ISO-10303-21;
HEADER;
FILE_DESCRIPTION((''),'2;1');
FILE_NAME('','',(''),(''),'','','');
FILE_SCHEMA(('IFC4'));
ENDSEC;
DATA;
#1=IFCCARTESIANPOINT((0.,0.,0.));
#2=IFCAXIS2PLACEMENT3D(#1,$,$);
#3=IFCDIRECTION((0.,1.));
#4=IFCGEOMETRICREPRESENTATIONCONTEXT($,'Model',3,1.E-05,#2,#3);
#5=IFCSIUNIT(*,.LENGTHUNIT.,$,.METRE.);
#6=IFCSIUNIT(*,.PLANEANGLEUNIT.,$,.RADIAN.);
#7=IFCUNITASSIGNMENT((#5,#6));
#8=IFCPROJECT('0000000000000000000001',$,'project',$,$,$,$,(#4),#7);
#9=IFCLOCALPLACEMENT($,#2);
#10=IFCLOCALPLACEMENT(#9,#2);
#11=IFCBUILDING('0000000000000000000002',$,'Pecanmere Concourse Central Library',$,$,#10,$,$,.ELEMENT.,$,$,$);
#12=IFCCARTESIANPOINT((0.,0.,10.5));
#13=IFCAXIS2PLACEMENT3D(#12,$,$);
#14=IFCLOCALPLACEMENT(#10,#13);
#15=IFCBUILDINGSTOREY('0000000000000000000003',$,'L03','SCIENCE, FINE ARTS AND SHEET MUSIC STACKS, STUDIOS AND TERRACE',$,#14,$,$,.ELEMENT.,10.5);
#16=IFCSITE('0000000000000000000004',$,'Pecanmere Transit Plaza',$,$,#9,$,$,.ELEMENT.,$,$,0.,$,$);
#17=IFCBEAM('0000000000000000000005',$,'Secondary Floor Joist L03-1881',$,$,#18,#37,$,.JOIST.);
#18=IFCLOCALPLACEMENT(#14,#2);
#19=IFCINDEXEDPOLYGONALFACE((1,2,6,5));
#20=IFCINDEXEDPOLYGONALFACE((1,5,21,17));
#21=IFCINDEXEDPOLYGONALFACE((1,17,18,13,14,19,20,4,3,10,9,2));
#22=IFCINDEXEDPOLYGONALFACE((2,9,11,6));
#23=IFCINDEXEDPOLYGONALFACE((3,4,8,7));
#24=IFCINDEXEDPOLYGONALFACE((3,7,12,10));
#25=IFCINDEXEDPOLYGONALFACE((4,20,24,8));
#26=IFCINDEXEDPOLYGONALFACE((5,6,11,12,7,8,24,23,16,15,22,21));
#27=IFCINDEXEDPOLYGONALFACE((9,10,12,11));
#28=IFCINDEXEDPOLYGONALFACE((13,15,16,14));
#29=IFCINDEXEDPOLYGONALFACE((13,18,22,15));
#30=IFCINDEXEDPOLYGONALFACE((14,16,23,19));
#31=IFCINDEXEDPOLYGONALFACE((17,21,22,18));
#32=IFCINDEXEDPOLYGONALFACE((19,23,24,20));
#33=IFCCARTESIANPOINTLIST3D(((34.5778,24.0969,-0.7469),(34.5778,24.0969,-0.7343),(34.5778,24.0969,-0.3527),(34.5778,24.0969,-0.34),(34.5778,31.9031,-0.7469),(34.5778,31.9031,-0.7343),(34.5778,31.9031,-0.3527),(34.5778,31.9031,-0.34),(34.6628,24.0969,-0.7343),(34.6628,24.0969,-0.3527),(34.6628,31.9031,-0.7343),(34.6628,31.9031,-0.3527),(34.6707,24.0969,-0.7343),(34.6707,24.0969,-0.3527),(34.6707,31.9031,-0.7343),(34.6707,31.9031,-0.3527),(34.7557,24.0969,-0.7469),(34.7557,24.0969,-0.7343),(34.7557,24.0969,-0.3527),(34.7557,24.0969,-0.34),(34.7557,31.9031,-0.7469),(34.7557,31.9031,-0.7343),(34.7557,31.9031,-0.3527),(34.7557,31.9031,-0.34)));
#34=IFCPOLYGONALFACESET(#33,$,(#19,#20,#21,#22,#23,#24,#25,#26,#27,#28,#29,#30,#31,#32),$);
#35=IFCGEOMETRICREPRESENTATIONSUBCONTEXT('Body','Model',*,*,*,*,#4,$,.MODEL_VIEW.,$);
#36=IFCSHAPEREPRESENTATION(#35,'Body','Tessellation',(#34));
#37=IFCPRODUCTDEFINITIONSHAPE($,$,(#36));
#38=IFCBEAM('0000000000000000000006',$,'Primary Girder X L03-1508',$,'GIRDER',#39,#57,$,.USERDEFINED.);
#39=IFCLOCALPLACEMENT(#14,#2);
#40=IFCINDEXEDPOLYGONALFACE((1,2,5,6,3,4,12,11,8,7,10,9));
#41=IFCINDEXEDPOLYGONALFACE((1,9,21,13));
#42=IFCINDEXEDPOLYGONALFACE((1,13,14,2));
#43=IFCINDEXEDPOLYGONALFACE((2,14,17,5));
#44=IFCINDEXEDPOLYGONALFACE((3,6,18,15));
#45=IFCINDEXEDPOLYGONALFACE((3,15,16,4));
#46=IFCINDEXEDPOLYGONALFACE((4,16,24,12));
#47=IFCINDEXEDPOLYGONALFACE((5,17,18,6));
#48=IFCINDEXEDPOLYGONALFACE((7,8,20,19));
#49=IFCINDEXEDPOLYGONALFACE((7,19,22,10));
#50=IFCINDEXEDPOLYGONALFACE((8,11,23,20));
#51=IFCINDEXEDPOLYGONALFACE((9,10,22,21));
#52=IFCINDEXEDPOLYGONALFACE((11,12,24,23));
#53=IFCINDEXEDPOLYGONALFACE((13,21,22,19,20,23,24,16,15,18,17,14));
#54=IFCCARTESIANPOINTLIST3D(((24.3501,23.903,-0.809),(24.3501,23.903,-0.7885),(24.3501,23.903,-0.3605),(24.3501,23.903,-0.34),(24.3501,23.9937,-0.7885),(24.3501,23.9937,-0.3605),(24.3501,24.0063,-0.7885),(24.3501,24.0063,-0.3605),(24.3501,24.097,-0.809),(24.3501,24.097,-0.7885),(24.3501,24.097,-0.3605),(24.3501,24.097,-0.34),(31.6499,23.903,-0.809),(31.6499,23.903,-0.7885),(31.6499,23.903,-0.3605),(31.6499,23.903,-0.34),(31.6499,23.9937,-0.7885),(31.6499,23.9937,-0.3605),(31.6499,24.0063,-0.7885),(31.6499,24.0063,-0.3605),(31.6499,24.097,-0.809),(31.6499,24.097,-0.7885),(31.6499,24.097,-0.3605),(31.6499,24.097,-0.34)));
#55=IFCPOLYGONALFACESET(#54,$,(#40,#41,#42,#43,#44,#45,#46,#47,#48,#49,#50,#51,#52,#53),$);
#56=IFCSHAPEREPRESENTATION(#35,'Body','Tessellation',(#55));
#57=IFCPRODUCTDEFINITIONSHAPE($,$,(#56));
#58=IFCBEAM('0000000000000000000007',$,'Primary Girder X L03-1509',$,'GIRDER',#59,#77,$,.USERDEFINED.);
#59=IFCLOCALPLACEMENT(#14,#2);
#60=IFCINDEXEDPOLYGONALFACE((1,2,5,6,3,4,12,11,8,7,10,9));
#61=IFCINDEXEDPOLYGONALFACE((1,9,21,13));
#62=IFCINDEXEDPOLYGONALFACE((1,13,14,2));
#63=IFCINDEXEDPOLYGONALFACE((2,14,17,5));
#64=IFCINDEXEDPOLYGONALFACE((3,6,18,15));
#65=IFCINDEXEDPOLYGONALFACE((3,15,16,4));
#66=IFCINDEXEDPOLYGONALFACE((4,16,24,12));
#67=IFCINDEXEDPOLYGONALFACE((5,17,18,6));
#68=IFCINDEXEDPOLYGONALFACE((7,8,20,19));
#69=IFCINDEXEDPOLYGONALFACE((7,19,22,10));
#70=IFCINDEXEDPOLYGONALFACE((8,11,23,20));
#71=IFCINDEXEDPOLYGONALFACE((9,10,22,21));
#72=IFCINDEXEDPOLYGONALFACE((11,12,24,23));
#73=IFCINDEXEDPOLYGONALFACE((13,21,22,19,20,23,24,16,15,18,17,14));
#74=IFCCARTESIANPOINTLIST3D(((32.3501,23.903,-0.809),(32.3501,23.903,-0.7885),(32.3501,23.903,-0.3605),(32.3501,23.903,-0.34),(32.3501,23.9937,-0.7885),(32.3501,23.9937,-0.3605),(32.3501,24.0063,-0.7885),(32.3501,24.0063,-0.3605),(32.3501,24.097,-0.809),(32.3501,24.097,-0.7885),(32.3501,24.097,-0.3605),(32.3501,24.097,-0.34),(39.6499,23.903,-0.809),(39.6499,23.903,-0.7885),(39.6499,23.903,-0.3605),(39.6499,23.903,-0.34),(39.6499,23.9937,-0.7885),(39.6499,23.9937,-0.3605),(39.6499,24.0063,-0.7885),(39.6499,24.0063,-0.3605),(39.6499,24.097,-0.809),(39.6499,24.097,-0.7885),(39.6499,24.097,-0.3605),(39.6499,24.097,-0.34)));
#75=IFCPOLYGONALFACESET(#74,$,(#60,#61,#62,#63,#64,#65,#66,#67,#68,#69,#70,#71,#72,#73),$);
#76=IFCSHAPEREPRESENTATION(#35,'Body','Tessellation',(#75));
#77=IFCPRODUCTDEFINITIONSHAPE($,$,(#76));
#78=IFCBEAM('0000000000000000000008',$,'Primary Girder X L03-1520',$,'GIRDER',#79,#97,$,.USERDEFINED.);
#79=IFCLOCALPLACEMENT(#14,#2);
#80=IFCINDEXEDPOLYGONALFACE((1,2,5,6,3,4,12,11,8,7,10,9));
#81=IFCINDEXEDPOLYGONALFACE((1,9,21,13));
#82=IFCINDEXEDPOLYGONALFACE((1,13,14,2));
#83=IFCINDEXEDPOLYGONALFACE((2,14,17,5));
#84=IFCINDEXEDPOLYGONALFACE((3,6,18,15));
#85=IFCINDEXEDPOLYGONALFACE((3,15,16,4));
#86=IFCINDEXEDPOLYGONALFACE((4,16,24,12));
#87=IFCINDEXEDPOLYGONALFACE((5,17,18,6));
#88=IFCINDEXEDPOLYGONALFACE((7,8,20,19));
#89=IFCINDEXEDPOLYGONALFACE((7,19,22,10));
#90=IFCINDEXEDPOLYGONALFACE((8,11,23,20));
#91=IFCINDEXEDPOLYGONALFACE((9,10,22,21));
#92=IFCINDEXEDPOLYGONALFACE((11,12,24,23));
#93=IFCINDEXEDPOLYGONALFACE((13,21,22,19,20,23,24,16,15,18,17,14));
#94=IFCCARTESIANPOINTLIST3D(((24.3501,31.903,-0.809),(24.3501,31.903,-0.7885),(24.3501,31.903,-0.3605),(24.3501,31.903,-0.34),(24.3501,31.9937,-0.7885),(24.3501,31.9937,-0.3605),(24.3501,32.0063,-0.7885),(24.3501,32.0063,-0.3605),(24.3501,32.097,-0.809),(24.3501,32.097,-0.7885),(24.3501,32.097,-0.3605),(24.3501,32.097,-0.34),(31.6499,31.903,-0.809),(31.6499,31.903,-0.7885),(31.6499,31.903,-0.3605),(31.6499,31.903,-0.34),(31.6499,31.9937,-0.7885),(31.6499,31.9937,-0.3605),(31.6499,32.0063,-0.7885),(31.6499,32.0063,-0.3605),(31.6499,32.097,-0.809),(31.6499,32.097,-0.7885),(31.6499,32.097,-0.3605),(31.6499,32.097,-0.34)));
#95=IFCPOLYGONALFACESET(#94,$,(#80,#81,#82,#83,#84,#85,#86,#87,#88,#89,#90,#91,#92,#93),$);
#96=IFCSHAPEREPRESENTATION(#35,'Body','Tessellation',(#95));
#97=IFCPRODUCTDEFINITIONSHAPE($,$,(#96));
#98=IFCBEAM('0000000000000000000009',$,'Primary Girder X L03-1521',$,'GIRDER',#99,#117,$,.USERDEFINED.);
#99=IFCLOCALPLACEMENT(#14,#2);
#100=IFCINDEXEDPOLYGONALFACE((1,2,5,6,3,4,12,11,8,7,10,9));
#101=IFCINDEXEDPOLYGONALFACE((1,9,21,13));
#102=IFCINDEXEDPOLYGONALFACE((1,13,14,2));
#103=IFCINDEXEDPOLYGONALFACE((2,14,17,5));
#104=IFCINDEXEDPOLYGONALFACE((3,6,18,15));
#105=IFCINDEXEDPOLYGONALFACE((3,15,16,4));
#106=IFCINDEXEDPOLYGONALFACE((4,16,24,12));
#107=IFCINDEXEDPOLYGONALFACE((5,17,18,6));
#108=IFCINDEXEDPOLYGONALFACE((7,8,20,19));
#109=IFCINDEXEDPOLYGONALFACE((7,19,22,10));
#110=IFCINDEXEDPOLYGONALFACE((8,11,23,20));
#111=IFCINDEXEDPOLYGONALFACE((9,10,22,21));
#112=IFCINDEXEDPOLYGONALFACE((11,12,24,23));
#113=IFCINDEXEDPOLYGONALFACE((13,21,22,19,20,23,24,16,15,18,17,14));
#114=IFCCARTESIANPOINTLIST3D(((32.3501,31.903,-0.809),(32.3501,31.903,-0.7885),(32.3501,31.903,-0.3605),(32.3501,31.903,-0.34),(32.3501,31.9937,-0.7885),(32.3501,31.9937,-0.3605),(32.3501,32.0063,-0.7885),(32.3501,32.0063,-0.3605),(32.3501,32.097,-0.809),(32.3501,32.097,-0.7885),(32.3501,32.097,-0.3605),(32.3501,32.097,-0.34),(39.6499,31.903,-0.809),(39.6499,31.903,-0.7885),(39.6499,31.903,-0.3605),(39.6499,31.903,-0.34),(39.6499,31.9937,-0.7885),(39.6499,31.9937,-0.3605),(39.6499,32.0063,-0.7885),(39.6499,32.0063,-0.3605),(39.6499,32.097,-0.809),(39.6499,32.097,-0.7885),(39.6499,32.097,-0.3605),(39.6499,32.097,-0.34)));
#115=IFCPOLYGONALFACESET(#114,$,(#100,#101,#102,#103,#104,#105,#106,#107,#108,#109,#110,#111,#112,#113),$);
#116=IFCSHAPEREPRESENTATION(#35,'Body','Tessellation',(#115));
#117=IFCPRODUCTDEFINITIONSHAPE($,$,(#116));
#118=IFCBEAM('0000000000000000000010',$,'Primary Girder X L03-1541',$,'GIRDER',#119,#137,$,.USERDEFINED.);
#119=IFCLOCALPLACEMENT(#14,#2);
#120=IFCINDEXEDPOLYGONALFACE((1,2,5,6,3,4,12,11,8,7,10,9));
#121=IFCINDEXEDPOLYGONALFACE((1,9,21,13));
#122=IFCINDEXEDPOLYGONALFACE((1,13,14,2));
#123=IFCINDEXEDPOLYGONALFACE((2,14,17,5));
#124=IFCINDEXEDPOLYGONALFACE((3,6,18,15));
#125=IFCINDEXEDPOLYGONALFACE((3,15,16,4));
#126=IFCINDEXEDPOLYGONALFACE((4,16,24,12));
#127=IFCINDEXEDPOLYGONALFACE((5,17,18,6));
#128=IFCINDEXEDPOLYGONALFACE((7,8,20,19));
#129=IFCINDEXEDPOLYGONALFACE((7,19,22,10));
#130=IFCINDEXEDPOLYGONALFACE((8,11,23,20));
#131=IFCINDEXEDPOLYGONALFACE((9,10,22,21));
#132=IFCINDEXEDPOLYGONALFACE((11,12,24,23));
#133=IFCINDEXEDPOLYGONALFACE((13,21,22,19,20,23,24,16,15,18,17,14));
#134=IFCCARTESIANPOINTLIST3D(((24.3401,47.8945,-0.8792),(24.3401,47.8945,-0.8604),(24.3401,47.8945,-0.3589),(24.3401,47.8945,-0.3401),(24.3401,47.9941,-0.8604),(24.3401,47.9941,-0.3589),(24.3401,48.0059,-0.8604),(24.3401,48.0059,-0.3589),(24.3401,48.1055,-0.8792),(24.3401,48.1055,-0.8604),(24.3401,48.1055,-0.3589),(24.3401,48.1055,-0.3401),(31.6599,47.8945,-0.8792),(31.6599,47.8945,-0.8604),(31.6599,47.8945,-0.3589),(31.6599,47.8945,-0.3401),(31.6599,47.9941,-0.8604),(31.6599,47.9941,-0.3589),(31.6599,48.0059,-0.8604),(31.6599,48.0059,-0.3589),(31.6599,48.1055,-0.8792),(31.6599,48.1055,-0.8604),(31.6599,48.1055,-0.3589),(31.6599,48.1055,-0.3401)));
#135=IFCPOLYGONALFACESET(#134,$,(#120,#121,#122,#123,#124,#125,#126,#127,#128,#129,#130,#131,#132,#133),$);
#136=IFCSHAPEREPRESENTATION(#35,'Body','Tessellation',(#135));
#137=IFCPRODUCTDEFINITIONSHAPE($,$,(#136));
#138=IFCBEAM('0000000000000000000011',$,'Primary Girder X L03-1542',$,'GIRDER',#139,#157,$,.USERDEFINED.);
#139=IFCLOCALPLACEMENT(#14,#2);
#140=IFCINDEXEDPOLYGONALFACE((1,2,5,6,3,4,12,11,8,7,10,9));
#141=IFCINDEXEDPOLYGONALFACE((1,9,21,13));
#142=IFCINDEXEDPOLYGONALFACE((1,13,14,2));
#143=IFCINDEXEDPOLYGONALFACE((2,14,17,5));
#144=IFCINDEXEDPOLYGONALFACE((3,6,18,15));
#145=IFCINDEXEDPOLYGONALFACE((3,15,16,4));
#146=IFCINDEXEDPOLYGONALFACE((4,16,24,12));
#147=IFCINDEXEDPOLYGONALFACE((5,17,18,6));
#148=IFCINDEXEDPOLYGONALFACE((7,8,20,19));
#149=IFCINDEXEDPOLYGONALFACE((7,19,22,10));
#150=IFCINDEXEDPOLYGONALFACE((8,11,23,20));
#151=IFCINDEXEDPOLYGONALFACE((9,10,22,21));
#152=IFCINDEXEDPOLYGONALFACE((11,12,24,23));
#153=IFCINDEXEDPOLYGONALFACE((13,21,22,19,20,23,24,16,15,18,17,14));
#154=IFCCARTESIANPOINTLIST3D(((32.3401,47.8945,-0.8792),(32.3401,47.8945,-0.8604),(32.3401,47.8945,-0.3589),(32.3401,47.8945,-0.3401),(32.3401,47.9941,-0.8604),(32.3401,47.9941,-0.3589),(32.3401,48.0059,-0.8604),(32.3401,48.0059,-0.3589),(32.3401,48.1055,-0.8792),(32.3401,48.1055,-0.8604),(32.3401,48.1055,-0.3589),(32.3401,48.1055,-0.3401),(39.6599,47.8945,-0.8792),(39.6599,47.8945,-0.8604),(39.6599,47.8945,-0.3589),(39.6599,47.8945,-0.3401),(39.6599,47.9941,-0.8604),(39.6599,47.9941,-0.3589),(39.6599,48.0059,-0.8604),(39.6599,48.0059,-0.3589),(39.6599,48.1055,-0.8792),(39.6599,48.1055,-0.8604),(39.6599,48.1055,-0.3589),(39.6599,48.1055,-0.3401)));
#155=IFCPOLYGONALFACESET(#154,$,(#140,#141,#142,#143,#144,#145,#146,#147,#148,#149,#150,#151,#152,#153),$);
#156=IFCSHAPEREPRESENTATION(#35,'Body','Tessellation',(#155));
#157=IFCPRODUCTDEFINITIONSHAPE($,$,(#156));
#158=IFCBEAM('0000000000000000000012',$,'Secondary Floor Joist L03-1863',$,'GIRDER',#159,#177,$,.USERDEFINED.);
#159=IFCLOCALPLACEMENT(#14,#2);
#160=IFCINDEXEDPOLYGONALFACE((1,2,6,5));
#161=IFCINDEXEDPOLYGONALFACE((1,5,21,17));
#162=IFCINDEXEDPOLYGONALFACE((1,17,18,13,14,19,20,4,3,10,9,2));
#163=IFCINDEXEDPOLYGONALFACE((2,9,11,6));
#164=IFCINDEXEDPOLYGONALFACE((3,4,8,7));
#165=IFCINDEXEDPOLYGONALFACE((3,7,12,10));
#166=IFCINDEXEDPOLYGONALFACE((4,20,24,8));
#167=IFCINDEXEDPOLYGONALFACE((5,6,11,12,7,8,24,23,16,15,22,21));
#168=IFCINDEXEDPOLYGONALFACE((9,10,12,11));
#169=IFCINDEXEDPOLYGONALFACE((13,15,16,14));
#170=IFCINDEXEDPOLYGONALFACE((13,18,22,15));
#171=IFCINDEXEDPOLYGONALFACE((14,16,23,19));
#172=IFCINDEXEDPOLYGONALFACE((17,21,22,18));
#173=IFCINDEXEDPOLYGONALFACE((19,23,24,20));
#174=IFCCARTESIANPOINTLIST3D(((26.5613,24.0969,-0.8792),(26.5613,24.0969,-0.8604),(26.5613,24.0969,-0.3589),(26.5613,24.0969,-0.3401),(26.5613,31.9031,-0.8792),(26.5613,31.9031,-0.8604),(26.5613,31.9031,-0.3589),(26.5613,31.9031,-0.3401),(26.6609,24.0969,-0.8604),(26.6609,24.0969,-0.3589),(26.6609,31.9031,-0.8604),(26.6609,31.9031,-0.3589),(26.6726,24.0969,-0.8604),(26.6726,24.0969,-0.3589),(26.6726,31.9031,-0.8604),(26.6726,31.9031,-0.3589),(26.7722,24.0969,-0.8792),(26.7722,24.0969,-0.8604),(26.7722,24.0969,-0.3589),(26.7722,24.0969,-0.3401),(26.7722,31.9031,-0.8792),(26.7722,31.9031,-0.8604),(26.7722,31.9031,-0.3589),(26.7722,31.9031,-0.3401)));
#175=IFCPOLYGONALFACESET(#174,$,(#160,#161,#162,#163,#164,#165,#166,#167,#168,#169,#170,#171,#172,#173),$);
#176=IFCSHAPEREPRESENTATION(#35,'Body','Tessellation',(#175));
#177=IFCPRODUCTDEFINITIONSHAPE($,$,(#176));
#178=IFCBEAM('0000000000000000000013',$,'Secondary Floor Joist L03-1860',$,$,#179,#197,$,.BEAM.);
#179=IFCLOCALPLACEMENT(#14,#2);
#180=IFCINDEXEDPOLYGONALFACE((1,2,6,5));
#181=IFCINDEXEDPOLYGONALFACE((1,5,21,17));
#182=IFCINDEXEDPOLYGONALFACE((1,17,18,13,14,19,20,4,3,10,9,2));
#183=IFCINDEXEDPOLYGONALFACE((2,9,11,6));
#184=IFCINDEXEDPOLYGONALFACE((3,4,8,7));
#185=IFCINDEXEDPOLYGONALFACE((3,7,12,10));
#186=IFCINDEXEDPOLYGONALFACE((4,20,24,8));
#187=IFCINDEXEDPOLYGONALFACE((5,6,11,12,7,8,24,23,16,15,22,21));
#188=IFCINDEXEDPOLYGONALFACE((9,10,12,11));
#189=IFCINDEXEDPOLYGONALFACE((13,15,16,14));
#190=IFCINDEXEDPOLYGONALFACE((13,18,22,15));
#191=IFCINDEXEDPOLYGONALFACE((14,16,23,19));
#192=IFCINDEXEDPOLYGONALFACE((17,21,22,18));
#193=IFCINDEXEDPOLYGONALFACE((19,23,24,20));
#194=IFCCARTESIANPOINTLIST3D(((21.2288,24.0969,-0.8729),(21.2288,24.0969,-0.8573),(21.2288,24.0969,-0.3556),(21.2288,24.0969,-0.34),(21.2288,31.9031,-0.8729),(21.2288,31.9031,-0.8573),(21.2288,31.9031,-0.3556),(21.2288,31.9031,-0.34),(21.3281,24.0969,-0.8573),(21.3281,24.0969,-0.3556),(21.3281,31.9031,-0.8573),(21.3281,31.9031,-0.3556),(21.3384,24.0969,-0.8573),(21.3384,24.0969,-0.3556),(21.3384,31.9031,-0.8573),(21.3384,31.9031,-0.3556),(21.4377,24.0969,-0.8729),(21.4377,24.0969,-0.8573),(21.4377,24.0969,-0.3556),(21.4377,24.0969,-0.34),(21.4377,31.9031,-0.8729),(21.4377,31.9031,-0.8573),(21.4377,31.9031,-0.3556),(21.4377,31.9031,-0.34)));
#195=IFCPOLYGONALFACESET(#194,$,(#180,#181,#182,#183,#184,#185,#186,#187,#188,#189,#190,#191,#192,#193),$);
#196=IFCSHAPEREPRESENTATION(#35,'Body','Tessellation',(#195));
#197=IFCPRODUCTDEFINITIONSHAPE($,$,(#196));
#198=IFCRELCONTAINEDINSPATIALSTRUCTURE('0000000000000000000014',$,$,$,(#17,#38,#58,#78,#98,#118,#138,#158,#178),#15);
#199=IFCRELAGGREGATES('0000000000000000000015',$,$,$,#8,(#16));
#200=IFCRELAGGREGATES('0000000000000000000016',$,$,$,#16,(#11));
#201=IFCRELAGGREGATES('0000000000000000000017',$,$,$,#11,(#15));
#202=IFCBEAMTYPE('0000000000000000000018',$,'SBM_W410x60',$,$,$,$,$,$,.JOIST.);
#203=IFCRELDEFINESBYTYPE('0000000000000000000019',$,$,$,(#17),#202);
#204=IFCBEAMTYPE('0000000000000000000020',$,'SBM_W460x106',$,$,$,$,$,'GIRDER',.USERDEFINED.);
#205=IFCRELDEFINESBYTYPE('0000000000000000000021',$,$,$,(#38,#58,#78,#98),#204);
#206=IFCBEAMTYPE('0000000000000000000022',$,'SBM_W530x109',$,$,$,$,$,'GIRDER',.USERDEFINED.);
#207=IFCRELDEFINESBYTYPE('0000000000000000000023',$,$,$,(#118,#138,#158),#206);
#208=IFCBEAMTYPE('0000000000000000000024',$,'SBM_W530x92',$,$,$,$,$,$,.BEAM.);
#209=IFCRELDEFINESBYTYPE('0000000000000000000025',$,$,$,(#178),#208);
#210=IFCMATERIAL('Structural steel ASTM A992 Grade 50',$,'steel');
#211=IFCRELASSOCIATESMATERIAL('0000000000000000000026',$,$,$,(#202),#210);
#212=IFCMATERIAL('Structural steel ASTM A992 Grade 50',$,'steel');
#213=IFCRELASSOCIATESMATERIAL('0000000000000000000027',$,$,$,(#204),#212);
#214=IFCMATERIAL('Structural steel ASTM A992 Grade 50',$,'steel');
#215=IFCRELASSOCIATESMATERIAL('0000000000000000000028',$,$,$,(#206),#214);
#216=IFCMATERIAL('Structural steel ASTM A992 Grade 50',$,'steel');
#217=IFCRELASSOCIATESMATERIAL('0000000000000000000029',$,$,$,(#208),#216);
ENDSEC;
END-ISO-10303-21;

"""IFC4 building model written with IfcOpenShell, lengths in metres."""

from ifc_helpers import new_model, si_unit, direction, frame, origin, origin_2d, place, context, subcontext, project, spatial, i_section, extrude, material, material_profile, profile_set, type_object, element, save


model = new_model("IFC4")

# Units and contexts
model_context = context("Model", 3, precision=1e-05, world=origin(), true_north=direction((0.0, 1.0)))
body_context = subcontext(model_context, "Body", "Model", "MODEL_VIEW")
ifc_project = project(units=[si_unit("LENGTHUNIT", "METRE"), si_unit("PLANEANGLEUNIT", "RADIAN")], contexts=[model_context])

# Site, building, storey
site_placement = place(None, origin())
site = spatial("IfcSite", under=ifc_project, at=site_placement, Name="Pecanmere Transit Plaza", CompositionType="ELEMENT", RefElevation=0.0)
building_placement = place(site_placement, origin())
building = spatial("IfcBuilding", under=site, at=building_placement, Name="Pecanmere Concourse Central Library", CompositionType="ELEMENT")
storey_placement = place(building_placement, frame((0.0, 0.0, 10.5)))
storey = spatial("IfcBuildingStorey", under=building, at=storey_placement, Name="L03", Description="SCIENCE, FINE ARTS AND SHEET MUSIC STACKS, STUDIOS AND TERRACE", CompositionType="ELEMENT", Elevation=10.5)

# Beams
ifc_material_1 = material(Name="Structural steel ASTM A992 Grade 50", Category="steel")
ifc_material_profile_1 = material_profile(ifc_material_1, i_section(OverallWidth=0.178, OverallDepth=0.407, WebThickness=0.0078, FlangeThickness=0.0127, at=origin_2d()), Name="W410x60")
ifc_profile_set_1 = profile_set([ifc_material_profile_1], Name="Structural steel ASTM A992 Grade 50")
beam_type_1 = type_object("IfcBeamType", Name="SBM_W410x60", PredefinedType="JOIST", material=ifc_profile_set_1)
beam_1_placement = place(storey_placement, frame((34.6667, 24.0969, -0.5435), z_axis=(0.0, 1.0, 0.0), x_axis=(-1.0, 0.0, 0.0)))
element("IfcBeam", 1, at=beam_1_placement, inside=storey, type_object=beam_type_1, Name="Secondary Floor Joist L03-1881", PredefinedType="JOIST", context=body_context, shape_type="SweptSolid", body=[
    extrude(i_section(OverallWidth=0.178, OverallDepth=0.407, WebThickness=0.0078, FlangeThickness=0.0127, at=origin_2d()), origin(), (0.0, 0.0, 1.0), 7.8062),
])
ifc_material_2 = material(Name="Structural steel ASTM A992 Grade 50", Category="steel")
ifc_material_profile_2 = material_profile(ifc_material_2, i_section(OverallWidth=0.1941, OverallDepth=0.469, WebThickness=0.0127, FlangeThickness=0.0205, at=origin_2d()), Name="W460x106")
ifc_profile_set_2 = profile_set([ifc_material_profile_2], Name="Structural steel ASTM A992 Grade 50")
beam_type_2 = type_object("IfcBeamType", Name="SBM_W460x106", ElementType="GIRDER", PredefinedType="USERDEFINED", material=ifc_profile_set_2)
for number, where, z_axis, x_axis, name in (
    (2, (24.3501, 24.0, -0.5745), (1.0, 0.0, 0.0), (0.0, 1.0, 0.0), "Primary Girder X L03-1508"),
    (3, (32.3501, 24.0, -0.5745), (1.0, 0.0, 0.0), (0.0, 1.0, 0.0), "Primary Girder X L03-1509"),
    (4, (24.3501, 32.0, -0.5745), (1.0, 0.0, 0.0), (0.0, 1.0, 0.0), "Primary Girder X L03-1520"),
    (5, (32.3501, 32.0, -0.5745), (1.0, 0.0, 0.0), (0.0, 1.0, 0.0), "Primary Girder X L03-1521"),
):
    element("IfcBeam", number, at=place(storey_placement, frame(where, z_axis=z_axis, x_axis=x_axis)), inside=storey, type_object=beam_type_2, Name=name, ObjectType="GIRDER", PredefinedType="USERDEFINED", context=body_context, shape_type="SweptSolid", body=[
        extrude(i_section(OverallWidth=0.1941, OverallDepth=0.469, WebThickness=0.0127, FlangeThickness=0.0205, at=origin_2d()), origin(), (0.0, 0.0, 1.0), 7.2998),
    ])
ifc_material_3 = material(Name="Structural steel ASTM A992 Grade 50", Category="steel")
ifc_material_profile_3 = material_profile(ifc_material_3, i_section(OverallWidth=0.2109, OverallDepth=0.5391, WebThickness=0.0117, FlangeThickness=0.0188, at=origin_2d()), Name="W530x109")
ifc_profile_set_3 = profile_set([ifc_material_profile_3], Name="Structural steel ASTM A992 Grade 50")
beam_type_3 = type_object("IfcBeamType", Name="SBM_W530x109", ElementType="GIRDER", PredefinedType="USERDEFINED", material=ifc_profile_set_3)
for number, where, z_axis, x_axis, name in (
    (6, (24.3401, 48.0, -0.6096), (1.0, 0.0, 0.0), (0.0, 1.0, 0.0), "Primary Girder X L03-1541"),
    (7, (32.3401, 48.0, -0.6096), (1.0, 0.0, 0.0), (0.0, 1.0, 0.0), "Primary Girder X L03-1542"),
):
    element("IfcBeam", number, at=place(storey_placement, frame(where, z_axis=z_axis, x_axis=x_axis)), inside=storey, type_object=beam_type_3, Name=name, ObjectType="GIRDER", PredefinedType="USERDEFINED", context=body_context, shape_type="SweptSolid", body=[
        extrude(i_section(OverallWidth=0.2109, OverallDepth=0.5391, WebThickness=0.0117, FlangeThickness=0.0188, at=origin_2d()), origin(), (0.0, 0.0, 1.0), 7.3198),
    ])
beam_2_placement = place(storey_placement, frame((26.6667, 24.0969, -0.6096), z_axis=(0.0, 1.0, 0.0), x_axis=(-1.0, 0.0, 0.0)))
element("IfcBeam", 8, at=beam_2_placement, inside=storey, type_object=beam_type_3, Name="Secondary Floor Joist L03-1863", ObjectType="GIRDER", PredefinedType="USERDEFINED", context=body_context, shape_type="SweptSolid", body=[
    extrude(i_section(OverallWidth=0.2109, OverallDepth=0.5391, WebThickness=0.0117, FlangeThickness=0.0188, at=origin_2d()), origin(), (0.0, 0.0, 1.0), 7.8062),
])
ifc_material_4 = material(Name="Structural steel ASTM A992 Grade 50", Category="steel")
ifc_material_profile_4 = material_profile(ifc_material_4, i_section(OverallWidth=0.209, OverallDepth=0.533, WebThickness=0.0103, FlangeThickness=0.0156, at=origin_2d()), Name="W530x92")
ifc_profile_set_4 = profile_set([ifc_material_profile_4], Name="Structural steel ASTM A992 Grade 50")
beam_type_4 = type_object("IfcBeamType", Name="SBM_W530x92", PredefinedType="BEAM", material=ifc_profile_set_4)
beam_3_placement = place(storey_placement, frame((21.3333, 24.0969, -0.6064), z_axis=(0.0, 1.0, 0.0), x_axis=(-1.0, 0.0, 0.0)))
element("IfcBeam", 9, at=beam_3_placement, inside=storey, type_object=beam_type_4, Name="Secondary Floor Joist L03-1860", PredefinedType="BEAM", context=body_context, shape_type="SweptSolid", body=[
    extrude(i_section(OverallWidth=0.209, OverallDepth=0.533, WebThickness=0.0103, FlangeThickness=0.0156, at=origin_2d()), origin(), (0.0, 0.0, 1.0), 7.8062),
])

save(model, "model.ifc")
